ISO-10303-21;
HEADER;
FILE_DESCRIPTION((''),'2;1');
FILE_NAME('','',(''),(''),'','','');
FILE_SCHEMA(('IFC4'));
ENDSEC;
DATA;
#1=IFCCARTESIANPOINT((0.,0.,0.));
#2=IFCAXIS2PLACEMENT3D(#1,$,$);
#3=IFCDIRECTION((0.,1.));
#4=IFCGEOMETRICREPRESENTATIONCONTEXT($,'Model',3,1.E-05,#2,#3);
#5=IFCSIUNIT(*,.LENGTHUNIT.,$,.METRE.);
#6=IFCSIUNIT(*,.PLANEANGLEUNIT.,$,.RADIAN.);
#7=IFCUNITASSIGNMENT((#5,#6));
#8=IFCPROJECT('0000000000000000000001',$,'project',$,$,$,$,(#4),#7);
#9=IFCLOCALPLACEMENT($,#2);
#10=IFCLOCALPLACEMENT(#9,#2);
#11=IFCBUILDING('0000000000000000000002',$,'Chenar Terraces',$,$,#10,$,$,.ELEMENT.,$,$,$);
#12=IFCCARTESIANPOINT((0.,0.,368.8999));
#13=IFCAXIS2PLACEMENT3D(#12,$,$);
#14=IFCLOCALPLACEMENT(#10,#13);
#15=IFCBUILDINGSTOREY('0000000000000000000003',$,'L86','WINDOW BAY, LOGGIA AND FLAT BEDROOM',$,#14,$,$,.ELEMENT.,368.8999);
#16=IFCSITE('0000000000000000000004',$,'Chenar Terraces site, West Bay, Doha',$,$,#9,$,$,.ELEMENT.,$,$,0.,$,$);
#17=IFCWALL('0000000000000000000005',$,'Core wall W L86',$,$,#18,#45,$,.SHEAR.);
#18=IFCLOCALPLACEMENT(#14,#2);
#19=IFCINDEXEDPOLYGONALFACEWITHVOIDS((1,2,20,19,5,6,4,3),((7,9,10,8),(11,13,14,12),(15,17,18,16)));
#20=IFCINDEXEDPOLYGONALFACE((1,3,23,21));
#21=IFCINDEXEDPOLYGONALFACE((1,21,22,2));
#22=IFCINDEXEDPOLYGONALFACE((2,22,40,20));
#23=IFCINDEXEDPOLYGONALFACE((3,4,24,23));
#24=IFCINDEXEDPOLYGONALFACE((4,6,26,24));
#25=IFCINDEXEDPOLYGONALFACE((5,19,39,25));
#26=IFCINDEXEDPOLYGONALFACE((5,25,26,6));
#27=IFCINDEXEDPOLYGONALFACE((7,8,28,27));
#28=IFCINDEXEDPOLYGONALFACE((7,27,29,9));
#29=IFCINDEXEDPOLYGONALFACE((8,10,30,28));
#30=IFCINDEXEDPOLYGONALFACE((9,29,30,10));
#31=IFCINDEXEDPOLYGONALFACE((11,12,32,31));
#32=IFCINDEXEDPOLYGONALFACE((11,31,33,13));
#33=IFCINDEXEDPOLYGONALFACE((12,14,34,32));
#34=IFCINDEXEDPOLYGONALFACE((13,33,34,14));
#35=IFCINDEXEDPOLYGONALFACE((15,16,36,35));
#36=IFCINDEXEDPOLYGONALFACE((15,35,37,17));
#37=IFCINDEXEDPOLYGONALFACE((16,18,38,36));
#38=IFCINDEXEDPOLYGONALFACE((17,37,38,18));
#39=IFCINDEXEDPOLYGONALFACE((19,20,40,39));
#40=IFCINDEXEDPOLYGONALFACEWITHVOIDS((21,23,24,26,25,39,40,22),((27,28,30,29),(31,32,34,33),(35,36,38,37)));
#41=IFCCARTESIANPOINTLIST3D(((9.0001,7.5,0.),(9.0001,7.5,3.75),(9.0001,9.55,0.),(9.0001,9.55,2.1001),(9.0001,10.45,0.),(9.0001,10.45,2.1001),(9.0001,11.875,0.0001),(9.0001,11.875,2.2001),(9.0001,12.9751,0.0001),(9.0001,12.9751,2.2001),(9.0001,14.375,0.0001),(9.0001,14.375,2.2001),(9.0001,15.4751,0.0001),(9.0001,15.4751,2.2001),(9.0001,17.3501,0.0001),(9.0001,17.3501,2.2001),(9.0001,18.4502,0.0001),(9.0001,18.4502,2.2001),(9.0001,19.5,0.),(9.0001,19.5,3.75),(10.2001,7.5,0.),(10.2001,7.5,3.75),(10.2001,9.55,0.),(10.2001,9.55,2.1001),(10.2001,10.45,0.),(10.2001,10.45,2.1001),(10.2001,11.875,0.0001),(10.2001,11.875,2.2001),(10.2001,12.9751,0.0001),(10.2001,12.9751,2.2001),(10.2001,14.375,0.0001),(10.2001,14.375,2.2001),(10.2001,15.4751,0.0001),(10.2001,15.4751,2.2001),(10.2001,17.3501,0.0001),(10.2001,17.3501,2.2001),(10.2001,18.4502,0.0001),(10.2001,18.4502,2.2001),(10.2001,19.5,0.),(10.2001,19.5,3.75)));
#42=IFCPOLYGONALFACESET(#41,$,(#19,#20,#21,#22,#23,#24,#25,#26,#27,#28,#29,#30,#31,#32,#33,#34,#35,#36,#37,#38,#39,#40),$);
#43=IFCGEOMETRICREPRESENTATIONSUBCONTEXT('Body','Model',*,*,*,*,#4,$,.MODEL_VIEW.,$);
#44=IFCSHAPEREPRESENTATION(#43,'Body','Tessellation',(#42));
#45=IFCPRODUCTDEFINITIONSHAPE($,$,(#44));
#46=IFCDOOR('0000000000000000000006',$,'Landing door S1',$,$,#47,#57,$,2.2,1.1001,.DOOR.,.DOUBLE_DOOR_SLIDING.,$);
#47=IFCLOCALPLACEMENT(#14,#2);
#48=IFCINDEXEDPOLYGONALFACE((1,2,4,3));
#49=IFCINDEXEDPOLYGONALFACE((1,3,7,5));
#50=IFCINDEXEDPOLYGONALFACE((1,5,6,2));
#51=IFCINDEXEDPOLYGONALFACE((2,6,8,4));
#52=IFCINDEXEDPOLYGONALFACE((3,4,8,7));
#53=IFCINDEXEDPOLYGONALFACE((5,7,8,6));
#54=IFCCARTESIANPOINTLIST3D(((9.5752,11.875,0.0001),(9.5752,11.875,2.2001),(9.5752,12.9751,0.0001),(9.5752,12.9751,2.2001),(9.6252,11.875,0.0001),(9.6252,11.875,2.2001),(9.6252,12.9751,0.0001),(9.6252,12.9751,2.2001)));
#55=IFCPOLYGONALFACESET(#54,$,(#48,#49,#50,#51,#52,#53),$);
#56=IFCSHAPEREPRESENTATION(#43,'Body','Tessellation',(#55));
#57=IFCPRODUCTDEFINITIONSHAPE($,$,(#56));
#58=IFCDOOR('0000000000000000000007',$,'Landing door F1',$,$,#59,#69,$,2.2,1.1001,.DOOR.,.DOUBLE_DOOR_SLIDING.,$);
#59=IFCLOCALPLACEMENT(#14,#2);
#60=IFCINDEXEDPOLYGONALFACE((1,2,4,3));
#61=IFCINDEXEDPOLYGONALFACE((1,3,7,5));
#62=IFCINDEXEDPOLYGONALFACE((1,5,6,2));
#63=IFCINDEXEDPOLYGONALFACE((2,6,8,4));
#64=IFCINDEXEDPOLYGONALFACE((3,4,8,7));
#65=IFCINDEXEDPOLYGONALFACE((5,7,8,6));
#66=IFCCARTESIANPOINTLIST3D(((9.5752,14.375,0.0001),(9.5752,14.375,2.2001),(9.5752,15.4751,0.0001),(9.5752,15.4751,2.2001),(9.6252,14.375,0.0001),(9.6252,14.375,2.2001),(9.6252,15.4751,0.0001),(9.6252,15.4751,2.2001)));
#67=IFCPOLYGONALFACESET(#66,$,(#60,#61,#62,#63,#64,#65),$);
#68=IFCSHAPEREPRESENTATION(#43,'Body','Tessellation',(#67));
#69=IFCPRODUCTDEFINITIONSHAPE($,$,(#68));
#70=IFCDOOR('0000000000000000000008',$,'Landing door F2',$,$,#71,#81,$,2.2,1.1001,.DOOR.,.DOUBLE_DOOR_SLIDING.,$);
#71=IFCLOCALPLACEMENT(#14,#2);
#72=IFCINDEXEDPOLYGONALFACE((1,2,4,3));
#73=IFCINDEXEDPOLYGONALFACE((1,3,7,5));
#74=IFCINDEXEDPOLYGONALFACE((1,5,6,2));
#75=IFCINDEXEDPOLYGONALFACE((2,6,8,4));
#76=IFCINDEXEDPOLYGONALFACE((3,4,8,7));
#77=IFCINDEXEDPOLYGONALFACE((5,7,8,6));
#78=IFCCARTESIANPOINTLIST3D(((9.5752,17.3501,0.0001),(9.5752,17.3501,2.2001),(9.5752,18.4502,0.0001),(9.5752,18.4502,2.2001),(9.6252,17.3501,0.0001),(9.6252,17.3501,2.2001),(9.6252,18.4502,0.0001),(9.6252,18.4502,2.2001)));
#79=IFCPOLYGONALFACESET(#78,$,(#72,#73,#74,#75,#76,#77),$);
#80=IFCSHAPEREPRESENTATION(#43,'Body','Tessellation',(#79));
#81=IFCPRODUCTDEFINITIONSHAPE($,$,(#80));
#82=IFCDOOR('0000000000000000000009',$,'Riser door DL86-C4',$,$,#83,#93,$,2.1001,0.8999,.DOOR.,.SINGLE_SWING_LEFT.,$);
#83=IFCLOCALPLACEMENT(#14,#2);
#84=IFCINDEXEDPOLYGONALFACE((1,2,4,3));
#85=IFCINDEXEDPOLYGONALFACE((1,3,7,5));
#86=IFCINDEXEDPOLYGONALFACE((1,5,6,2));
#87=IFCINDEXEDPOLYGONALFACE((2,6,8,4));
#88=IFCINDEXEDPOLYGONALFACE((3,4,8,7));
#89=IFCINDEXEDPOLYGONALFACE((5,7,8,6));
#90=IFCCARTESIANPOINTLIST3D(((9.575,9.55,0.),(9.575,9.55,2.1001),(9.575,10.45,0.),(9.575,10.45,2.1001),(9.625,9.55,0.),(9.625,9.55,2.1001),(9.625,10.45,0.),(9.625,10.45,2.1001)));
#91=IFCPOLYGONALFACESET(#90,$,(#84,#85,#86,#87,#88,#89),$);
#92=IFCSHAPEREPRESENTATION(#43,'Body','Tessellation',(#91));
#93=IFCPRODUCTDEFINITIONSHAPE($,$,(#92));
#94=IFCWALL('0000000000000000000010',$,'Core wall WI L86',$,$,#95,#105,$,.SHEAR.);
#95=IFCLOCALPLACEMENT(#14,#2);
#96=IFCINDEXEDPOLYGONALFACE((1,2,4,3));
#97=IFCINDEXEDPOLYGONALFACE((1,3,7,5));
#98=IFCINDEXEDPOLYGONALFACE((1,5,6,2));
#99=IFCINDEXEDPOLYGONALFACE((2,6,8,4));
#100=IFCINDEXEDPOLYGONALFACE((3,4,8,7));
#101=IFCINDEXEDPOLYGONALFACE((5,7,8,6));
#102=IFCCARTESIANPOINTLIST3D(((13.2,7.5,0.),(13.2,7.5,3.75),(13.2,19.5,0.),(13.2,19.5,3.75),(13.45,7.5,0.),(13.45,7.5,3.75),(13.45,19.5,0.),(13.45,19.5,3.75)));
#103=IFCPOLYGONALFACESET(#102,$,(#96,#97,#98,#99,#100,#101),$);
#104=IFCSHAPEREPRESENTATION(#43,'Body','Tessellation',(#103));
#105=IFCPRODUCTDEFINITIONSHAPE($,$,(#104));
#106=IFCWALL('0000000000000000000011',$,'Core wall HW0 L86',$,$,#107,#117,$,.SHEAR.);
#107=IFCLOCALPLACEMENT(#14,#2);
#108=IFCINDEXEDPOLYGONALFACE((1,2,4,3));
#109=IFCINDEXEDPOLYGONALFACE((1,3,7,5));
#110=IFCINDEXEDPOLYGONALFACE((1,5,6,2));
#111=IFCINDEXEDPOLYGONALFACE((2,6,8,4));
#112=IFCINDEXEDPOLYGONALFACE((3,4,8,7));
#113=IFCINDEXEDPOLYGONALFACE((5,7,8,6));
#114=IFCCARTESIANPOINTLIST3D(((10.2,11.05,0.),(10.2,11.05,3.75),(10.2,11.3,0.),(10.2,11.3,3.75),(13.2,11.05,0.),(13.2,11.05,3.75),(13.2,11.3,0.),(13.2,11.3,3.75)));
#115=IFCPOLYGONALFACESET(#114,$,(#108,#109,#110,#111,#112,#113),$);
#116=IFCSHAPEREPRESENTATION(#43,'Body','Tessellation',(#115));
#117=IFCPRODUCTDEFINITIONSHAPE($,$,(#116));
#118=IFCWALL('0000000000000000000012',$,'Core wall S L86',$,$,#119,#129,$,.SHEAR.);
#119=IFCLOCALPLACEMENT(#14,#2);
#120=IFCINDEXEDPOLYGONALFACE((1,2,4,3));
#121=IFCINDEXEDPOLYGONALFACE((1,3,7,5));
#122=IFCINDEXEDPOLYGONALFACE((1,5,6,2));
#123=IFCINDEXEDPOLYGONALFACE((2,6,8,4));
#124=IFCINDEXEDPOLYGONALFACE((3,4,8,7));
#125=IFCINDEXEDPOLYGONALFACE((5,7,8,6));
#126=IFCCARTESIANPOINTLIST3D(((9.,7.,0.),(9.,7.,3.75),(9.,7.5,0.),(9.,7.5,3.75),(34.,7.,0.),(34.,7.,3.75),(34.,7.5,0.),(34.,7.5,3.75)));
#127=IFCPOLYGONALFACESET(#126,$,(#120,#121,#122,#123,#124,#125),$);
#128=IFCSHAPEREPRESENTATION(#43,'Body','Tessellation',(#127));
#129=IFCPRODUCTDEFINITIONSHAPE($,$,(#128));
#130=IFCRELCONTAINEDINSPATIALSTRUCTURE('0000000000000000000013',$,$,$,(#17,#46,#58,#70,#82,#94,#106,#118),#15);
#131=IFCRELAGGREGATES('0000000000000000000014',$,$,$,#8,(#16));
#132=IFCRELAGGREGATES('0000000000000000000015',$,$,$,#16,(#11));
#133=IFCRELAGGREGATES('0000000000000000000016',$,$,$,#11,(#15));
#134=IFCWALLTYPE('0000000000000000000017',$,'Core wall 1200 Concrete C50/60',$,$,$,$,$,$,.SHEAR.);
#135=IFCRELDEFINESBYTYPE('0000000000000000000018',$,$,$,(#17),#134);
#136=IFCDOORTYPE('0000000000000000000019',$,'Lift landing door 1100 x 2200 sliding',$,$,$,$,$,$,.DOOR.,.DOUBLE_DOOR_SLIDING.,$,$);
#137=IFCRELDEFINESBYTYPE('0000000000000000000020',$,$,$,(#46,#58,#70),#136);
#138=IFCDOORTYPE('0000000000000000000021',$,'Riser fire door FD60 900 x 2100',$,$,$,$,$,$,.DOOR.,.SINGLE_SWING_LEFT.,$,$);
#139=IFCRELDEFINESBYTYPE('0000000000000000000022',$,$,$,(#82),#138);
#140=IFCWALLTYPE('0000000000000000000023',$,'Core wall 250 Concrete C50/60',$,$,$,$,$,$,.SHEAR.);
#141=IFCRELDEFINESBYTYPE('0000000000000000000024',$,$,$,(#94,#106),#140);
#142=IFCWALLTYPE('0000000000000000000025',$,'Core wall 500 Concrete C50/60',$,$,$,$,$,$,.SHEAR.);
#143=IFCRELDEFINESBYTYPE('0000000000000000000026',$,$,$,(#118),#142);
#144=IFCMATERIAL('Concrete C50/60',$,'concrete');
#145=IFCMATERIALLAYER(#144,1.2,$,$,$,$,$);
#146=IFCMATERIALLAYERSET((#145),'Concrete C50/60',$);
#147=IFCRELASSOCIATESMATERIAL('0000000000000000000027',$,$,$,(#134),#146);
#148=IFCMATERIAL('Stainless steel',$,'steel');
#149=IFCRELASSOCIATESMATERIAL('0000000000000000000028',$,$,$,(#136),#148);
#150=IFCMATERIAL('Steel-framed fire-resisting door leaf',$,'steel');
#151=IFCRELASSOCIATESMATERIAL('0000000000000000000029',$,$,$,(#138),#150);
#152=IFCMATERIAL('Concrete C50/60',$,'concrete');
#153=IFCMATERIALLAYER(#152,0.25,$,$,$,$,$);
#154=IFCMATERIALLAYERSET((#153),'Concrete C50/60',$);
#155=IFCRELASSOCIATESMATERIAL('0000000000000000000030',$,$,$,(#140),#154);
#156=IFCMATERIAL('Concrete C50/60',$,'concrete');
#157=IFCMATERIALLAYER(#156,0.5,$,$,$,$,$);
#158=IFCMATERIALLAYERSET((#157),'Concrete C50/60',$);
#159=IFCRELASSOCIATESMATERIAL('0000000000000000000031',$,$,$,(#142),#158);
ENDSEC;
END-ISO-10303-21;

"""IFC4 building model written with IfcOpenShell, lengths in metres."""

from ifc_helpers import new_model, si_unit, direction, frame, frame_2d, origin, place, context, subcontext, project, spatial, rectangle, extrude, material, layer, layer_set, type_object, element, fill, save


model = new_model("IFC4")

# Units and contexts
model_context = context("Model", 3, precision=1e-05, world=origin(), true_north=direction((0.0, 1.0)))
body_context = subcontext(model_context, "Body", "Model", "MODEL_VIEW")
ifc_project = project(units=[si_unit("LENGTHUNIT", "METRE"), si_unit("PLANEANGLEUNIT", "RADIAN")], contexts=[model_context])

# Site, building, storey
site_placement = place(None, origin())
site = spatial("IfcSite", under=ifc_project, at=site_placement, Name="Chenar Terraces site, West Bay, Doha", CompositionType="ELEMENT", RefElevation=0.0)
building_placement = place(site_placement, origin())
building = spatial("IfcBuilding", under=site, at=building_placement, Name="Chenar Terraces", CompositionType="ELEMENT")
storey_placement = place(building_placement, frame((0.0, 0.0, 368.8999)))
storey = spatial("IfcBuildingStorey", under=building, at=storey_placement, Name="L86", Description="WINDOW BAY, LOGGIA AND FLAT BEDROOM", CompositionType="ELEMENT", Elevation=368.8999)

# Wall, openings, doors
ifc_material_1 = material(Name="Concrete C50/60", Category="concrete")
ifc_layer_1 = layer(ifc_material_1, 1.2)
ifc_layer_set_1 = layer_set([ifc_layer_1], Name="Concrete C50/60")
wall_type_1 = type_object("IfcWallType", Name="Core wall 1200 Concrete C50/60", PredefinedType="SHEAR", material=ifc_layer_set_1)
wall_1_placement = place(storey_placement, frame((9.6001, 7.5, 0.0), z_axis=(0.0, 0.0, 1.0), x_axis=(0.0, 1.0, 0.0)))
wall_1 = element("IfcWall", 1, at=wall_1_placement, inside=storey, type_object=wall_type_1, Name="Core wall W L86", PredefinedType="SHEAR", context=body_context, shape_type="SweptSolid", body=[
    extrude(rectangle(XDim=12.0, YDim=1.2, at=frame_2d((6.0, 0.0))), origin(), (0.0, 0.0, 1.0), 3.75),
])
opening_1_placement = place(wall_1_placement, frame((4.375, 0.0, 0.0)))
opening_1 = element("IfcOpeningElement", 2, at=opening_1_placement, cuts=wall_1, PredefinedType="OPENING", context=body_context, shape_type="SweptSolid", body=[
    extrude(rectangle(XDim=1.1001, YDim=2.2, at=frame_2d((0.55, 1.1001))), frame((0.0, 0.6099, 0.0), z_axis=(0.0, -1.0, 0.0), x_axis=(1.0, 0.0, 0.0)), (0.0, 0.0, 1.0), 1.22),
])
opening_2_placement = place(wall_1_placement, frame((6.875, 0.0, 0.0)))
opening_2 = element("IfcOpeningElement", 3, at=opening_2_placement, cuts=wall_1, PredefinedType="OPENING", context=body_context, shape_type="SweptSolid", body=[
    extrude(rectangle(XDim=1.1001, YDim=2.2, at=frame_2d((0.55, 1.1001))), frame((0.0, 0.6099, 0.0), z_axis=(0.0, -1.0, 0.0), x_axis=(1.0, 0.0, 0.0)), (0.0, 0.0, 1.0), 1.22),
])
opening_3_placement = place(wall_1_placement, frame((9.8501, 0.0, 0.0)))
opening_3 = element("IfcOpeningElement", 4, at=opening_3_placement, cuts=wall_1, PredefinedType="OPENING", context=body_context, shape_type="SweptSolid", body=[
    extrude(rectangle(XDim=1.1001, YDim=2.2, at=frame_2d((0.55, 1.1001))), frame((0.0, 0.6099, 0.0), z_axis=(0.0, -1.0, 0.0), x_axis=(1.0, 0.0, 0.0)), (0.0, 0.0, 1.0), 1.22),
])
opening_4_placement = place(wall_1_placement, frame((2.05, 0.0, 0.0)))
opening_4 = element("IfcOpeningElement", 5, at=opening_4_placement, cuts=wall_1, PredefinedType="OPENING", context=body_context, shape_type="SweptSolid", body=[
    extrude(rectangle(XDim=0.8999, YDim=2.1001, at=frame_2d((0.45, 1.05))), frame((0.0, 0.6099, 0.0), z_axis=(0.0, -1.0, 0.0), x_axis=(1.0, 0.0, 0.0)), (0.0, 0.0, 1.0), 1.22),
])
ifc_material_2 = material(Name="Stainless steel", Category="steel")
door_type_1 = type_object("IfcDoorType", Name="Lift landing door 1100 x 2200 sliding", OperationType="DOUBLE_DOOR_SLIDING", PredefinedType="DOOR", material=ifc_material_2)
door_1_placement = place(opening_1_placement, origin())
door_1 = element("IfcDoor", 6, at=door_1_placement, inside=storey, type_object=door_type_1, Name="Landing door S1", OperationType="DOUBLE_DOOR_SLIDING", OverallHeight=2.2, OverallWidth=1.1001, PredefinedType="DOOR", context=body_context, shape_type="SweptSolid", body=[
    extrude(rectangle(XDim=1.1001, YDim=2.2, at=frame_2d((0.55, 1.1001))), frame((0.0, 0.0249, 0.0), z_axis=(0.0, -1.0, 0.0), x_axis=(1.0, 0.0, 0.0)), (0.0, 0.0, 1.0), 0.05),
])
fill(opening_1, door_1)
door_2_placement = place(opening_2_placement, origin())
door_2 = element("IfcDoor", 7, at=door_2_placement, inside=storey, type_object=door_type_1, Name="Landing door F1", OperationType="DOUBLE_DOOR_SLIDING", OverallHeight=2.2, OverallWidth=1.1001, PredefinedType="DOOR", context=body_context, shape_type="SweptSolid", body=[
    extrude(rectangle(XDim=1.1001, YDim=2.2, at=frame_2d((0.55, 1.1001))), frame((0.0, 0.0249, 0.0), z_axis=(0.0, -1.0, 0.0), x_axis=(1.0, 0.0, 0.0)), (0.0, 0.0, 1.0), 0.05),
])
fill(opening_2, door_2)
door_3_placement = place(opening_3_placement, origin())
door_3 = element("IfcDoor", 8, at=door_3_placement, inside=storey, type_object=door_type_1, Name="Landing door F2", OperationType="DOUBLE_DOOR_SLIDING", OverallHeight=2.2, OverallWidth=1.1001, PredefinedType="DOOR", context=body_context, shape_type="SweptSolid", body=[
    extrude(rectangle(XDim=1.1001, YDim=2.2, at=frame_2d((0.55, 1.1001))), frame((0.0, 0.0249, 0.0), z_axis=(0.0, -1.0, 0.0), x_axis=(1.0, 0.0, 0.0)), (0.0, 0.0, 1.0), 0.05),
])
fill(opening_3, door_3)
ifc_material_3 = material(Name="Steel-framed fire-resisting door leaf", Category="steel")
door_type_2 = type_object("IfcDoorType", Name="Riser fire door FD60 900 x 2100", OperationType="SINGLE_SWING_LEFT", PredefinedType="DOOR", material=ifc_material_3)
door_4_placement = place(opening_4_placement, frame((0.8999, 0.0, 0.0), z_axis=(0.0, 0.0, 1.0), x_axis=(-1.0, 0.0, 0.0)))
door_4 = element("IfcDoor", 9, at=door_4_placement, inside=storey, type_object=door_type_2, Name="Riser door DL86-C4", OperationType="SINGLE_SWING_LEFT", OverallHeight=2.1001, OverallWidth=0.8999, PredefinedType="DOOR", context=body_context, shape_type="SweptSolid", body=[
    extrude(rectangle(XDim=0.8999, YDim=2.1001, at=frame_2d((0.45, 1.05))), frame((0.0, 0.0249, 0.0), z_axis=(0.0, -1.0, 0.0), x_axis=(1.0, 0.0, 0.0)), (0.0, 0.0, 1.0), 0.05),
])
fill(opening_4, door_4)

# Walls
ifc_material_4 = material(Name="Concrete C50/60", Category="concrete")
ifc_layer_2 = layer(ifc_material_4, 0.25)
ifc_layer_set_2 = layer_set([ifc_layer_2], Name="Concrete C50/60")
wall_type_2 = type_object("IfcWallType", Name="Core wall 250 Concrete C50/60", PredefinedType="SHEAR", material=ifc_layer_set_2)
wall_2_placement = place(storey_placement, frame((13.325, 7.5, 0.0), z_axis=(0.0, 0.0, 1.0), x_axis=(0.0, 1.0, 0.0)))
element("IfcWall", 10, at=wall_2_placement, inside=storey, type_object=wall_type_2, Name="Core wall WI L86", PredefinedType="SHEAR", context=body_context, shape_type="SweptSolid", body=[
    extrude(rectangle(XDim=12.0, YDim=0.25, at=frame_2d((6.0, 0.0))), origin(), (0.0, 0.0, 1.0), 3.75),
])
wall_3_placement = place(storey_placement, frame((10.2, 11.175, 0.0), z_axis=(0.0, 0.0, 1.0), x_axis=(1.0, 0.0, 0.0)))
element("IfcWall", 11, at=wall_3_placement, inside=storey, type_object=wall_type_2, Name="Core wall HW0 L86", PredefinedType="SHEAR", context=body_context, shape_type="SweptSolid", body=[
    extrude(rectangle(XDim=3.0, YDim=0.25, at=frame_2d((1.5, 0.0))), origin(), (0.0, 0.0, 1.0), 3.75),
])
ifc_material_5 = material(Name="Concrete C50/60", Category="concrete")
ifc_layer_3 = layer(ifc_material_5, 0.5)
ifc_layer_set_3 = layer_set([ifc_layer_3], Name="Concrete C50/60")
wall_type_3 = type_object("IfcWallType", Name="Core wall 500 Concrete C50/60", PredefinedType="SHEAR", material=ifc_layer_set_3)
wall_4_placement = place(storey_placement, frame((9.0, 7.25, 0.0), z_axis=(0.0, 0.0, 1.0), x_axis=(1.0, 0.0, 0.0)))
element("IfcWall", 12, at=wall_4_placement, inside=storey, type_object=wall_type_3, Name="Core wall S L86", PredefinedType="SHEAR", context=body_context, shape_type="SweptSolid", body=[
    extrude(rectangle(XDim=25.0, YDim=0.5, at=frame_2d((12.5, 0.0))), origin(), (0.0, 0.0, 1.0), 3.75),
])

save(model, "model.ifc")
